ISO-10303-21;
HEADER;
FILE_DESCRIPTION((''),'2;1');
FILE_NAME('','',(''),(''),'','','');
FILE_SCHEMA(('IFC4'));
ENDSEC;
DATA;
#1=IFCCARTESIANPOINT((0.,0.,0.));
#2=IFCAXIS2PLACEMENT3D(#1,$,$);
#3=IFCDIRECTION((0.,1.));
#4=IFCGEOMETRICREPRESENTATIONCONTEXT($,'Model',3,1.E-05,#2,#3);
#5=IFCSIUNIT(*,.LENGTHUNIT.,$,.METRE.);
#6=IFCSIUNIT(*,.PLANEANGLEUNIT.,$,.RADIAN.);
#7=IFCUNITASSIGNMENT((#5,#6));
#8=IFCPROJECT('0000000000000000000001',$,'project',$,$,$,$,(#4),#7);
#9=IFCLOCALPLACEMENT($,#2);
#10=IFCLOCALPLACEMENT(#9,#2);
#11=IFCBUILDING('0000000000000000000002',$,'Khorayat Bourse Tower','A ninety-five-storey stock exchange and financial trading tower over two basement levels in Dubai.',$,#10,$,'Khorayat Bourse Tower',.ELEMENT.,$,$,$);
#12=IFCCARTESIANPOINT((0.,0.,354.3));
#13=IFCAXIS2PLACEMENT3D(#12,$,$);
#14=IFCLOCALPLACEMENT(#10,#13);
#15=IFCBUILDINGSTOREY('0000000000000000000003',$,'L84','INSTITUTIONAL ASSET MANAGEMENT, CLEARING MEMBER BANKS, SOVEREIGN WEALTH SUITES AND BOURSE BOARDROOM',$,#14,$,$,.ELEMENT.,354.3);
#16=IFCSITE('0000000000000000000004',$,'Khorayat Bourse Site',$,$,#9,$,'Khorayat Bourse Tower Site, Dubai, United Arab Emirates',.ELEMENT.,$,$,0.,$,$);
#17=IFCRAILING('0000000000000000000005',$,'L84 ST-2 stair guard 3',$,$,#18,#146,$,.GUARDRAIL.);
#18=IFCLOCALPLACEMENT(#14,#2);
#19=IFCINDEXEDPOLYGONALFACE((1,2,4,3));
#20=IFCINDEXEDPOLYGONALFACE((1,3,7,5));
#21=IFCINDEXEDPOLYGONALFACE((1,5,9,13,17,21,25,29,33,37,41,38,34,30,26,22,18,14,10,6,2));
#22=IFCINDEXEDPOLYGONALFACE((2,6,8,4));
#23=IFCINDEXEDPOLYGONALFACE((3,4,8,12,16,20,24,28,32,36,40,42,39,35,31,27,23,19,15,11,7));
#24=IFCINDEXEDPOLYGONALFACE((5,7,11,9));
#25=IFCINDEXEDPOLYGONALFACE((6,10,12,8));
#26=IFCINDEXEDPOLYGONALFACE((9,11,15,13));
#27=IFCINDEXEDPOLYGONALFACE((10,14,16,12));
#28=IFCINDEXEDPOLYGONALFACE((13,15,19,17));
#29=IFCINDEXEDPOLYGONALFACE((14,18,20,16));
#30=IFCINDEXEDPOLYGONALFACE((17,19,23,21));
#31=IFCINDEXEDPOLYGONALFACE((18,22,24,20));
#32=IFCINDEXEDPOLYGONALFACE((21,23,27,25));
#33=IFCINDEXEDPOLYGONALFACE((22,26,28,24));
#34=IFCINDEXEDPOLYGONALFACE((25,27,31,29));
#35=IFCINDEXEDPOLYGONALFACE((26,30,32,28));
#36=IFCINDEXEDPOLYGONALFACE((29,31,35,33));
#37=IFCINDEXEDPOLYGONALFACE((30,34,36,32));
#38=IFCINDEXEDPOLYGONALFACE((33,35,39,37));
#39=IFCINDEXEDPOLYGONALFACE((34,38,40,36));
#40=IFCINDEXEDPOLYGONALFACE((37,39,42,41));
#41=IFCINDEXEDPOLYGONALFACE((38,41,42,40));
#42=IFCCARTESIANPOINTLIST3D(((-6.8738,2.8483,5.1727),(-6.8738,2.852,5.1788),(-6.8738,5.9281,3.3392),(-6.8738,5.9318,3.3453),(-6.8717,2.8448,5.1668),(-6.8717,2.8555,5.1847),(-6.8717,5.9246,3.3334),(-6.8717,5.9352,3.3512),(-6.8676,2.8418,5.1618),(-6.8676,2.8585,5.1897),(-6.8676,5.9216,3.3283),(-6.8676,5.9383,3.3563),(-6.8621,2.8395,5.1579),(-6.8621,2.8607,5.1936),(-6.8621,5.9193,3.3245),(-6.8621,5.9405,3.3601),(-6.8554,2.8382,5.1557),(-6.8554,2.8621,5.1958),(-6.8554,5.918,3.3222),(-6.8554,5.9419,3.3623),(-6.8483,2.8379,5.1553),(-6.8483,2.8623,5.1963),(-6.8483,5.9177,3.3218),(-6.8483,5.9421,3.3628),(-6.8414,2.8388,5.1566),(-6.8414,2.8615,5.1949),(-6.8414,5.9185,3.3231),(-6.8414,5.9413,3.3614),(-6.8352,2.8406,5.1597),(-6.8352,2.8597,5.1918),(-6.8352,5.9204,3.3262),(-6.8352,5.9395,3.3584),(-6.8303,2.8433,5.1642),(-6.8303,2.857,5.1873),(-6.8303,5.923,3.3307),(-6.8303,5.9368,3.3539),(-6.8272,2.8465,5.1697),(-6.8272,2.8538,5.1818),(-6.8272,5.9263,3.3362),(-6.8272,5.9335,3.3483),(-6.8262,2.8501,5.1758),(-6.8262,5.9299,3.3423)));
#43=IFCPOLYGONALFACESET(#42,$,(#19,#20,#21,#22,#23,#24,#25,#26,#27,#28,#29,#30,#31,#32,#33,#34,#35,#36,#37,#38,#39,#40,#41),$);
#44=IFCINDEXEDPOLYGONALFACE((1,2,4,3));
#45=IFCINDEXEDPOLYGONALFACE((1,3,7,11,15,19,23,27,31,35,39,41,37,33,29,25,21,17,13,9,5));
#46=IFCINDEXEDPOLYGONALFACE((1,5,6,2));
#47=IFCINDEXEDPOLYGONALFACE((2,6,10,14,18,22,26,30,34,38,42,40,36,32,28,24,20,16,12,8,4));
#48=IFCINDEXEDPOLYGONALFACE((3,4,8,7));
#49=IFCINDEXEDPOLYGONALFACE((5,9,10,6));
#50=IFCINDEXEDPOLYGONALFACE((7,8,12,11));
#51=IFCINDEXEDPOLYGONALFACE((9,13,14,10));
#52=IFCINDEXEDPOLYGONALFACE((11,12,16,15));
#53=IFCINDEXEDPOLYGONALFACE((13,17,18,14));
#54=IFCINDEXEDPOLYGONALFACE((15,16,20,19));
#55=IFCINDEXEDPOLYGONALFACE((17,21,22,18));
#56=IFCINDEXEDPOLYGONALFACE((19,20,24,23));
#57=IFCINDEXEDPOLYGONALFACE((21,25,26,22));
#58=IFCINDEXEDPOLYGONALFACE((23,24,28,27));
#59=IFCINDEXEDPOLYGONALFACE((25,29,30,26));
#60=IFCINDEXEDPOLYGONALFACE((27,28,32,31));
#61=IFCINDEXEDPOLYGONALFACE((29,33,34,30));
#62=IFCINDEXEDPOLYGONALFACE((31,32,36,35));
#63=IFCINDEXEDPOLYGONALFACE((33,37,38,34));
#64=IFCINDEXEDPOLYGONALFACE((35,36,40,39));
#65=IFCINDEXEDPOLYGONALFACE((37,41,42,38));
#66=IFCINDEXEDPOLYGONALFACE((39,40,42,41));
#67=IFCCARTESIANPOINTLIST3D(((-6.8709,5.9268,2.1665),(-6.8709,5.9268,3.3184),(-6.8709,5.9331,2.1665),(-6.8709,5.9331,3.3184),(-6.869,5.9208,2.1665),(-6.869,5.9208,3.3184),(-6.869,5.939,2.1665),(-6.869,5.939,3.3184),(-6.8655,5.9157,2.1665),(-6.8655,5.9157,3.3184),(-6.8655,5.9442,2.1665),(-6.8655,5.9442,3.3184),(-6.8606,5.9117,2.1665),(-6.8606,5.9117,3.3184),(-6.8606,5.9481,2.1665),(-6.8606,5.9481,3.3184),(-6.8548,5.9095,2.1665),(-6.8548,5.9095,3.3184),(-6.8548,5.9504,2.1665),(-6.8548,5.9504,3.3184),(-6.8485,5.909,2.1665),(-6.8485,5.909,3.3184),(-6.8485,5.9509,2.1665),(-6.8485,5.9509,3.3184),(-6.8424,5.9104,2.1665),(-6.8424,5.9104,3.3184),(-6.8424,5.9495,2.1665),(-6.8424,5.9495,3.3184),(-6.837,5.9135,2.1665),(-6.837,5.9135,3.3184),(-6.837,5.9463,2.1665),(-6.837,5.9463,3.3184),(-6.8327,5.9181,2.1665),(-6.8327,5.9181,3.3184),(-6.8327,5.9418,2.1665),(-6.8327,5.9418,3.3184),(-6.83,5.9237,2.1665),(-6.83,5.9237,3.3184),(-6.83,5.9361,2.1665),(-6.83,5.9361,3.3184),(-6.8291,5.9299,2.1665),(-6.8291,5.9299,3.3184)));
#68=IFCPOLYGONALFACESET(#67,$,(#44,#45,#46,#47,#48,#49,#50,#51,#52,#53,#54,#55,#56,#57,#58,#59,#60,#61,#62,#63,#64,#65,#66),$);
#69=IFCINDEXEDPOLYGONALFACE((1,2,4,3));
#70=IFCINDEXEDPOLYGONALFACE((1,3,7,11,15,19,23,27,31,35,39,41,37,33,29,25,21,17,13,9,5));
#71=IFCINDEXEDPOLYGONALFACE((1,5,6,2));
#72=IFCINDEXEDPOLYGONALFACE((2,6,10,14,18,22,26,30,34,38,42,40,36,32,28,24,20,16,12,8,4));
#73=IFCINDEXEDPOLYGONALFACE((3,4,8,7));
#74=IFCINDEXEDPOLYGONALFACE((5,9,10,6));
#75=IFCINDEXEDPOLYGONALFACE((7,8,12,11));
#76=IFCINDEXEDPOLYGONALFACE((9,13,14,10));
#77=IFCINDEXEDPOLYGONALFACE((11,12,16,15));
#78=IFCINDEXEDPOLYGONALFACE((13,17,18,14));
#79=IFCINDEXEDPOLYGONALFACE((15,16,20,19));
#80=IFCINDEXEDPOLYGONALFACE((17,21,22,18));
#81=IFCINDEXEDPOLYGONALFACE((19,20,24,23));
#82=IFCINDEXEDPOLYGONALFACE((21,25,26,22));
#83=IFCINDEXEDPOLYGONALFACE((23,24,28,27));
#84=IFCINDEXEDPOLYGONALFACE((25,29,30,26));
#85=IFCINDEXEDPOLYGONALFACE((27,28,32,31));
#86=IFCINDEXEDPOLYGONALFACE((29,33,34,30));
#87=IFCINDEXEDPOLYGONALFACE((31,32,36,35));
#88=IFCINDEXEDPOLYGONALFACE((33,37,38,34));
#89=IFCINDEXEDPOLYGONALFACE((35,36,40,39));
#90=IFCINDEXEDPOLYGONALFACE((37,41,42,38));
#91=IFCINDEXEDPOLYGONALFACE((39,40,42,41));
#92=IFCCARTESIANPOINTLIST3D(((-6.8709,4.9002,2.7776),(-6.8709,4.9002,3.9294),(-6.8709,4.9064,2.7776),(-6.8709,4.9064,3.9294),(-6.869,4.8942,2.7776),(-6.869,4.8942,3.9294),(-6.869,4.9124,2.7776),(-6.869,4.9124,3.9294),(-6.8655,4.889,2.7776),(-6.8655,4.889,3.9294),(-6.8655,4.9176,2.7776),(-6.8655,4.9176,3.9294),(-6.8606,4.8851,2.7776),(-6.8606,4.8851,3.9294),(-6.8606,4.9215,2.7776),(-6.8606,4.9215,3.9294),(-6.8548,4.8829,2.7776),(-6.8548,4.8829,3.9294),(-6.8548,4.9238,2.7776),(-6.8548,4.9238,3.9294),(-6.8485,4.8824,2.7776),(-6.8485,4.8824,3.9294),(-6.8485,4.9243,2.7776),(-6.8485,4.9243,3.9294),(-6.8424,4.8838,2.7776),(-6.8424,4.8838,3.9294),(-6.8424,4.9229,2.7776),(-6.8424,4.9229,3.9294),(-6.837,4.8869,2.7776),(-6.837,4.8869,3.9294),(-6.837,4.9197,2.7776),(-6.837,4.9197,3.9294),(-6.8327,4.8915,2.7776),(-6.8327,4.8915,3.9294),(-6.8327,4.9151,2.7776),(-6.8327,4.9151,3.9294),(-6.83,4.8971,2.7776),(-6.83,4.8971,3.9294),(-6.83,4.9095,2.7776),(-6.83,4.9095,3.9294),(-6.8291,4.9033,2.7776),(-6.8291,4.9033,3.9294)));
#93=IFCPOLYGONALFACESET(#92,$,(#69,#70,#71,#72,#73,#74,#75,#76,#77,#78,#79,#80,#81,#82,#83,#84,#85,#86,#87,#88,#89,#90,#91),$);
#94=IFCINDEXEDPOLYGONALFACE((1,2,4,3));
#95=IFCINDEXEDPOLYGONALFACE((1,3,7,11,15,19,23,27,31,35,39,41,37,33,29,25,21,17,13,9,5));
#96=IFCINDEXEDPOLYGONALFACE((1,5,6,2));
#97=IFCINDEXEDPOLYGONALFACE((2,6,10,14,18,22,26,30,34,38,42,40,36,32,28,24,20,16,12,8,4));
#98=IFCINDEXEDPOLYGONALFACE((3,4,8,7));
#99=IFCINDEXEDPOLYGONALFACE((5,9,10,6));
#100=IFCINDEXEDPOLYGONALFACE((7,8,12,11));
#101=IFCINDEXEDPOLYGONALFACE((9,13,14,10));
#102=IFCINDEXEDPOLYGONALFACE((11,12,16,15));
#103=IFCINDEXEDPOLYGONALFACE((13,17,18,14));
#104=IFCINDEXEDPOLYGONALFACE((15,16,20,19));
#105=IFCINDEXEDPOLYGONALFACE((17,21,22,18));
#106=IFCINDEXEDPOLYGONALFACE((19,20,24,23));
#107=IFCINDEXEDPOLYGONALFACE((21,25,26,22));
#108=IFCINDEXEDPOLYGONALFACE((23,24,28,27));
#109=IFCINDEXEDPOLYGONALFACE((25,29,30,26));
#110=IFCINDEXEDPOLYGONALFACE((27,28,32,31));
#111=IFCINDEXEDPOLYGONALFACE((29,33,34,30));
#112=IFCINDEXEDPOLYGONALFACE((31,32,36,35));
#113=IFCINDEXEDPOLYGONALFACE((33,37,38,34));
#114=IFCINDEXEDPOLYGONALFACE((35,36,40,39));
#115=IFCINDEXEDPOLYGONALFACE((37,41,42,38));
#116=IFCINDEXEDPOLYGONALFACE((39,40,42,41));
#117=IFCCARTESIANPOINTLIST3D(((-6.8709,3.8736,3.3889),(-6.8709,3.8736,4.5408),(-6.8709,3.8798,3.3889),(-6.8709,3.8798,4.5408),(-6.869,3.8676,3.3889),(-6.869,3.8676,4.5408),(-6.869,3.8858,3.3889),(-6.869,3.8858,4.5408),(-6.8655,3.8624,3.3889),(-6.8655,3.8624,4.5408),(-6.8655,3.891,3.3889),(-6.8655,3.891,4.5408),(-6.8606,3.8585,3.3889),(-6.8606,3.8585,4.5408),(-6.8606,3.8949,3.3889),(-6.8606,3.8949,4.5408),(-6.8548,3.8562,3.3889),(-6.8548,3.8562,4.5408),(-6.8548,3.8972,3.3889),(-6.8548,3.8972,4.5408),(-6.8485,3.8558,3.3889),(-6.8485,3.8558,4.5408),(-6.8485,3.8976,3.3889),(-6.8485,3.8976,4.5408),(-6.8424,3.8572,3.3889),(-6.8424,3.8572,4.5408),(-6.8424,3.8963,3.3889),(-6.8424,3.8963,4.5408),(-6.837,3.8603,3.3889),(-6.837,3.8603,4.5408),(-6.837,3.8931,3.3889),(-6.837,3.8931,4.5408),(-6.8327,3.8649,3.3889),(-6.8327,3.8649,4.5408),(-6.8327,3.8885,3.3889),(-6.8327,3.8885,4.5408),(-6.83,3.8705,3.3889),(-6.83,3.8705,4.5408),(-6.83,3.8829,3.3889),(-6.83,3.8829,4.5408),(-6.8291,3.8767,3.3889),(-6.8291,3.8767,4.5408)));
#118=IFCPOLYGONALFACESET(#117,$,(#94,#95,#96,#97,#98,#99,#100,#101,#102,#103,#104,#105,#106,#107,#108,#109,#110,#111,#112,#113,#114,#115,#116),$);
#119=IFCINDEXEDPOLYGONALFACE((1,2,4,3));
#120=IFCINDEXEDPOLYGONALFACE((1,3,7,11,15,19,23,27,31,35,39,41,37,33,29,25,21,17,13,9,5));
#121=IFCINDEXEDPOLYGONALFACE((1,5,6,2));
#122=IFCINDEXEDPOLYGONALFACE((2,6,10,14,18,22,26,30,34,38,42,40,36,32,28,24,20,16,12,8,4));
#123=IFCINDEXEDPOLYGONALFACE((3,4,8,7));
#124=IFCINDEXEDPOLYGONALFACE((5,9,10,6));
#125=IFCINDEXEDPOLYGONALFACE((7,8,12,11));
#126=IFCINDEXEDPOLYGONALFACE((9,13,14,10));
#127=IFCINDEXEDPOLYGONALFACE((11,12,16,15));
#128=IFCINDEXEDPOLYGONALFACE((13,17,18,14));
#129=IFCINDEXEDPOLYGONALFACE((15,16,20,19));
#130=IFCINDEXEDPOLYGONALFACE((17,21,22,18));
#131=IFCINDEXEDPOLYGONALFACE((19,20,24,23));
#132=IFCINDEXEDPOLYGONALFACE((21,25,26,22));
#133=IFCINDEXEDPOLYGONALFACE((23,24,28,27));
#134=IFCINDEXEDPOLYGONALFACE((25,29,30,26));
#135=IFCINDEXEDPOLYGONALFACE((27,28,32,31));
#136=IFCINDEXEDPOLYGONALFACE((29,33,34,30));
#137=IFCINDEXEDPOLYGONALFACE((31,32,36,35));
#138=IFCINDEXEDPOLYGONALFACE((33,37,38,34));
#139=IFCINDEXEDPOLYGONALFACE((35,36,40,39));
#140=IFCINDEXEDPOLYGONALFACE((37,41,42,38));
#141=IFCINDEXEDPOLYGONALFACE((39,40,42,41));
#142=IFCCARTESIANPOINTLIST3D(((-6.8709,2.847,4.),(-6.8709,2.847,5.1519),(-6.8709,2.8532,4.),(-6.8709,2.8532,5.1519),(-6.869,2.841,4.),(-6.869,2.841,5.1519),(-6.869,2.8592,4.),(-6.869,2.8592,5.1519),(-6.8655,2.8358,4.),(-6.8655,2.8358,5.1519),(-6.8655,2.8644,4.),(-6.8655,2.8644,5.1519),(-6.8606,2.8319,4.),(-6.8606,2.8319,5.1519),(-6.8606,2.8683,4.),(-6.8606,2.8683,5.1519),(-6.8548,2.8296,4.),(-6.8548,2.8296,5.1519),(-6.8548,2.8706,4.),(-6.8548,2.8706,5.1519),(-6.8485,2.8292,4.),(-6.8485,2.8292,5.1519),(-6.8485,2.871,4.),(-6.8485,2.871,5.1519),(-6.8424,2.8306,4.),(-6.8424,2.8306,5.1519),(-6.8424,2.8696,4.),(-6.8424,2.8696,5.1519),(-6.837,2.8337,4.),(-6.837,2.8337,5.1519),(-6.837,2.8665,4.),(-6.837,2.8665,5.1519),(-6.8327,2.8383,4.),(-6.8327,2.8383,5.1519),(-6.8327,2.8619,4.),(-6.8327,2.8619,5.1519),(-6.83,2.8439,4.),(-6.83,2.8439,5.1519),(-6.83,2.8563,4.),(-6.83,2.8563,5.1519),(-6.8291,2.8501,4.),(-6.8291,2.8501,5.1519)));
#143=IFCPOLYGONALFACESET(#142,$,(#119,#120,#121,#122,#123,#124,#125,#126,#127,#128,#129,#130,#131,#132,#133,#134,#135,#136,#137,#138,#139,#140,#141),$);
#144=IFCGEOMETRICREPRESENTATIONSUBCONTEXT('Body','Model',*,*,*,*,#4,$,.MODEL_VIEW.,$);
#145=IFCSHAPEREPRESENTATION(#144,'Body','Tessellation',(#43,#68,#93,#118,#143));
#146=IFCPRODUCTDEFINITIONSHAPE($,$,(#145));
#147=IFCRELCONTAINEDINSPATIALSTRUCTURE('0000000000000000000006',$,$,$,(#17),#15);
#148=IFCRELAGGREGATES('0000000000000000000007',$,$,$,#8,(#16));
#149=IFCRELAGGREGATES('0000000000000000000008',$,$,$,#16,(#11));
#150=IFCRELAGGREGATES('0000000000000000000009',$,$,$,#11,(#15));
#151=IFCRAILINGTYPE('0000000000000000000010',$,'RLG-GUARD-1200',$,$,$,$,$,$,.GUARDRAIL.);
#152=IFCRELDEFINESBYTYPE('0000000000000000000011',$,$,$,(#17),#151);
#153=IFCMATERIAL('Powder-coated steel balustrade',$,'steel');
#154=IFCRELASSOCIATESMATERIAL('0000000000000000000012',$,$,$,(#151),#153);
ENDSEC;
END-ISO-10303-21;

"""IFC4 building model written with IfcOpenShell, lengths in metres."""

from ifc_helpers import new_model, si_unit, direction, frame, origin, origin_2d, place, context, subcontext, project, spatial, circle, extrude, source, transform, mapped, material, type_object, element, save


model = new_model("IFC4")

# Units and contexts
model_context = context("Model", 3, precision=1e-05, world=origin(), true_north=direction((0.0, 1.0)))
body_context = subcontext(model_context, "Body", "Model", "MODEL_VIEW")
ifc_project = project(units=[si_unit("LENGTHUNIT", "METRE"), si_unit("PLANEANGLEUNIT", "RADIAN")], contexts=[model_context])

# Site, building, storey
site_placement = place(None, origin())
site = spatial("IfcSite", under=ifc_project, at=site_placement, Name="Khorayat Bourse Site", LongName="Khorayat Bourse Tower Site, Dubai, United Arab Emirates", CompositionType="ELEMENT", RefElevation=0.0)
building_placement = place(site_placement, origin())
building = spatial("IfcBuilding", under=site, at=building_placement, Name="Khorayat Bourse Tower", Description="A ninety-five-storey stock exchange and financial trading tower over two basement levels in Dubai.", LongName="Khorayat Bourse Tower", CompositionType="ELEMENT")
storey_placement = place(building_placement, frame((0.0, 0.0, 354.3)))
storey = spatial("IfcBuildingStorey", under=building, at=storey_placement, Name="L84", Description="INSTITUTIONAL ASSET MANAGEMENT, CLEARING MEMBER BANKS, SOVEREIGN WEALTH SUITES AND BOURSE BOARDROOM", CompositionType="ELEMENT", Elevation=354.3)

# Railing
ifc_material_1 = material(Name="Powder-coated steel balustrade", Category="steel")
railing_type_1 = type_object("IfcRailingType", Name="RLG-GUARD-1200", PredefinedType="GUARDRAIL", material=ifc_material_1)
shared_shape_1 = source(origin(), body_context, "Body", "SweptSolid", [
    extrude(circle(Radius=0.0239, at=origin_2d()), frame((0.0, 0.0, 1.1758), z_axis=(0.0, -0.859261, 0.511538), x_axis=(1.0, 0.0, 0.0)), (0.0, 0.0, 1.0), 3.5842),
    extrude(circle(Radius=0.021, at=origin_2d()), origin(), (0.0, 0.0, 1.0), 1.1519),
    extrude(circle(Radius=0.021, at=origin_2d()), frame((0.0, -1.0266, 0.6111)), (0.0, 0.0, 1.0), 1.1519),
    extrude(circle(Radius=0.021, at=origin_2d()), frame((0.0, -2.0532, 1.2224)), (0.0, 0.0, 1.0), 1.1519),
    extrude(circle(Radius=0.021, at=origin_2d()), frame((0.0, -3.0798, 1.8335)), (0.0, 0.0, 1.0), 1.1519),
])
railing_1_placement = place(storey_placement, frame((-6.8501, 5.9299, 2.1665)))
element("IfcRailing", 1, at=railing_1_placement, inside=storey, type_object=railing_type_1, Name="L84 ST-2 stair guard 3", PredefinedType="GUARDRAIL", context=body_context, shape_type="MappedRepresentation", body=[
    mapped(shared_shape_1, transform((0.0, 0.0, 0.0), scale=1.0)),
])

save(model, "model.ifc")
